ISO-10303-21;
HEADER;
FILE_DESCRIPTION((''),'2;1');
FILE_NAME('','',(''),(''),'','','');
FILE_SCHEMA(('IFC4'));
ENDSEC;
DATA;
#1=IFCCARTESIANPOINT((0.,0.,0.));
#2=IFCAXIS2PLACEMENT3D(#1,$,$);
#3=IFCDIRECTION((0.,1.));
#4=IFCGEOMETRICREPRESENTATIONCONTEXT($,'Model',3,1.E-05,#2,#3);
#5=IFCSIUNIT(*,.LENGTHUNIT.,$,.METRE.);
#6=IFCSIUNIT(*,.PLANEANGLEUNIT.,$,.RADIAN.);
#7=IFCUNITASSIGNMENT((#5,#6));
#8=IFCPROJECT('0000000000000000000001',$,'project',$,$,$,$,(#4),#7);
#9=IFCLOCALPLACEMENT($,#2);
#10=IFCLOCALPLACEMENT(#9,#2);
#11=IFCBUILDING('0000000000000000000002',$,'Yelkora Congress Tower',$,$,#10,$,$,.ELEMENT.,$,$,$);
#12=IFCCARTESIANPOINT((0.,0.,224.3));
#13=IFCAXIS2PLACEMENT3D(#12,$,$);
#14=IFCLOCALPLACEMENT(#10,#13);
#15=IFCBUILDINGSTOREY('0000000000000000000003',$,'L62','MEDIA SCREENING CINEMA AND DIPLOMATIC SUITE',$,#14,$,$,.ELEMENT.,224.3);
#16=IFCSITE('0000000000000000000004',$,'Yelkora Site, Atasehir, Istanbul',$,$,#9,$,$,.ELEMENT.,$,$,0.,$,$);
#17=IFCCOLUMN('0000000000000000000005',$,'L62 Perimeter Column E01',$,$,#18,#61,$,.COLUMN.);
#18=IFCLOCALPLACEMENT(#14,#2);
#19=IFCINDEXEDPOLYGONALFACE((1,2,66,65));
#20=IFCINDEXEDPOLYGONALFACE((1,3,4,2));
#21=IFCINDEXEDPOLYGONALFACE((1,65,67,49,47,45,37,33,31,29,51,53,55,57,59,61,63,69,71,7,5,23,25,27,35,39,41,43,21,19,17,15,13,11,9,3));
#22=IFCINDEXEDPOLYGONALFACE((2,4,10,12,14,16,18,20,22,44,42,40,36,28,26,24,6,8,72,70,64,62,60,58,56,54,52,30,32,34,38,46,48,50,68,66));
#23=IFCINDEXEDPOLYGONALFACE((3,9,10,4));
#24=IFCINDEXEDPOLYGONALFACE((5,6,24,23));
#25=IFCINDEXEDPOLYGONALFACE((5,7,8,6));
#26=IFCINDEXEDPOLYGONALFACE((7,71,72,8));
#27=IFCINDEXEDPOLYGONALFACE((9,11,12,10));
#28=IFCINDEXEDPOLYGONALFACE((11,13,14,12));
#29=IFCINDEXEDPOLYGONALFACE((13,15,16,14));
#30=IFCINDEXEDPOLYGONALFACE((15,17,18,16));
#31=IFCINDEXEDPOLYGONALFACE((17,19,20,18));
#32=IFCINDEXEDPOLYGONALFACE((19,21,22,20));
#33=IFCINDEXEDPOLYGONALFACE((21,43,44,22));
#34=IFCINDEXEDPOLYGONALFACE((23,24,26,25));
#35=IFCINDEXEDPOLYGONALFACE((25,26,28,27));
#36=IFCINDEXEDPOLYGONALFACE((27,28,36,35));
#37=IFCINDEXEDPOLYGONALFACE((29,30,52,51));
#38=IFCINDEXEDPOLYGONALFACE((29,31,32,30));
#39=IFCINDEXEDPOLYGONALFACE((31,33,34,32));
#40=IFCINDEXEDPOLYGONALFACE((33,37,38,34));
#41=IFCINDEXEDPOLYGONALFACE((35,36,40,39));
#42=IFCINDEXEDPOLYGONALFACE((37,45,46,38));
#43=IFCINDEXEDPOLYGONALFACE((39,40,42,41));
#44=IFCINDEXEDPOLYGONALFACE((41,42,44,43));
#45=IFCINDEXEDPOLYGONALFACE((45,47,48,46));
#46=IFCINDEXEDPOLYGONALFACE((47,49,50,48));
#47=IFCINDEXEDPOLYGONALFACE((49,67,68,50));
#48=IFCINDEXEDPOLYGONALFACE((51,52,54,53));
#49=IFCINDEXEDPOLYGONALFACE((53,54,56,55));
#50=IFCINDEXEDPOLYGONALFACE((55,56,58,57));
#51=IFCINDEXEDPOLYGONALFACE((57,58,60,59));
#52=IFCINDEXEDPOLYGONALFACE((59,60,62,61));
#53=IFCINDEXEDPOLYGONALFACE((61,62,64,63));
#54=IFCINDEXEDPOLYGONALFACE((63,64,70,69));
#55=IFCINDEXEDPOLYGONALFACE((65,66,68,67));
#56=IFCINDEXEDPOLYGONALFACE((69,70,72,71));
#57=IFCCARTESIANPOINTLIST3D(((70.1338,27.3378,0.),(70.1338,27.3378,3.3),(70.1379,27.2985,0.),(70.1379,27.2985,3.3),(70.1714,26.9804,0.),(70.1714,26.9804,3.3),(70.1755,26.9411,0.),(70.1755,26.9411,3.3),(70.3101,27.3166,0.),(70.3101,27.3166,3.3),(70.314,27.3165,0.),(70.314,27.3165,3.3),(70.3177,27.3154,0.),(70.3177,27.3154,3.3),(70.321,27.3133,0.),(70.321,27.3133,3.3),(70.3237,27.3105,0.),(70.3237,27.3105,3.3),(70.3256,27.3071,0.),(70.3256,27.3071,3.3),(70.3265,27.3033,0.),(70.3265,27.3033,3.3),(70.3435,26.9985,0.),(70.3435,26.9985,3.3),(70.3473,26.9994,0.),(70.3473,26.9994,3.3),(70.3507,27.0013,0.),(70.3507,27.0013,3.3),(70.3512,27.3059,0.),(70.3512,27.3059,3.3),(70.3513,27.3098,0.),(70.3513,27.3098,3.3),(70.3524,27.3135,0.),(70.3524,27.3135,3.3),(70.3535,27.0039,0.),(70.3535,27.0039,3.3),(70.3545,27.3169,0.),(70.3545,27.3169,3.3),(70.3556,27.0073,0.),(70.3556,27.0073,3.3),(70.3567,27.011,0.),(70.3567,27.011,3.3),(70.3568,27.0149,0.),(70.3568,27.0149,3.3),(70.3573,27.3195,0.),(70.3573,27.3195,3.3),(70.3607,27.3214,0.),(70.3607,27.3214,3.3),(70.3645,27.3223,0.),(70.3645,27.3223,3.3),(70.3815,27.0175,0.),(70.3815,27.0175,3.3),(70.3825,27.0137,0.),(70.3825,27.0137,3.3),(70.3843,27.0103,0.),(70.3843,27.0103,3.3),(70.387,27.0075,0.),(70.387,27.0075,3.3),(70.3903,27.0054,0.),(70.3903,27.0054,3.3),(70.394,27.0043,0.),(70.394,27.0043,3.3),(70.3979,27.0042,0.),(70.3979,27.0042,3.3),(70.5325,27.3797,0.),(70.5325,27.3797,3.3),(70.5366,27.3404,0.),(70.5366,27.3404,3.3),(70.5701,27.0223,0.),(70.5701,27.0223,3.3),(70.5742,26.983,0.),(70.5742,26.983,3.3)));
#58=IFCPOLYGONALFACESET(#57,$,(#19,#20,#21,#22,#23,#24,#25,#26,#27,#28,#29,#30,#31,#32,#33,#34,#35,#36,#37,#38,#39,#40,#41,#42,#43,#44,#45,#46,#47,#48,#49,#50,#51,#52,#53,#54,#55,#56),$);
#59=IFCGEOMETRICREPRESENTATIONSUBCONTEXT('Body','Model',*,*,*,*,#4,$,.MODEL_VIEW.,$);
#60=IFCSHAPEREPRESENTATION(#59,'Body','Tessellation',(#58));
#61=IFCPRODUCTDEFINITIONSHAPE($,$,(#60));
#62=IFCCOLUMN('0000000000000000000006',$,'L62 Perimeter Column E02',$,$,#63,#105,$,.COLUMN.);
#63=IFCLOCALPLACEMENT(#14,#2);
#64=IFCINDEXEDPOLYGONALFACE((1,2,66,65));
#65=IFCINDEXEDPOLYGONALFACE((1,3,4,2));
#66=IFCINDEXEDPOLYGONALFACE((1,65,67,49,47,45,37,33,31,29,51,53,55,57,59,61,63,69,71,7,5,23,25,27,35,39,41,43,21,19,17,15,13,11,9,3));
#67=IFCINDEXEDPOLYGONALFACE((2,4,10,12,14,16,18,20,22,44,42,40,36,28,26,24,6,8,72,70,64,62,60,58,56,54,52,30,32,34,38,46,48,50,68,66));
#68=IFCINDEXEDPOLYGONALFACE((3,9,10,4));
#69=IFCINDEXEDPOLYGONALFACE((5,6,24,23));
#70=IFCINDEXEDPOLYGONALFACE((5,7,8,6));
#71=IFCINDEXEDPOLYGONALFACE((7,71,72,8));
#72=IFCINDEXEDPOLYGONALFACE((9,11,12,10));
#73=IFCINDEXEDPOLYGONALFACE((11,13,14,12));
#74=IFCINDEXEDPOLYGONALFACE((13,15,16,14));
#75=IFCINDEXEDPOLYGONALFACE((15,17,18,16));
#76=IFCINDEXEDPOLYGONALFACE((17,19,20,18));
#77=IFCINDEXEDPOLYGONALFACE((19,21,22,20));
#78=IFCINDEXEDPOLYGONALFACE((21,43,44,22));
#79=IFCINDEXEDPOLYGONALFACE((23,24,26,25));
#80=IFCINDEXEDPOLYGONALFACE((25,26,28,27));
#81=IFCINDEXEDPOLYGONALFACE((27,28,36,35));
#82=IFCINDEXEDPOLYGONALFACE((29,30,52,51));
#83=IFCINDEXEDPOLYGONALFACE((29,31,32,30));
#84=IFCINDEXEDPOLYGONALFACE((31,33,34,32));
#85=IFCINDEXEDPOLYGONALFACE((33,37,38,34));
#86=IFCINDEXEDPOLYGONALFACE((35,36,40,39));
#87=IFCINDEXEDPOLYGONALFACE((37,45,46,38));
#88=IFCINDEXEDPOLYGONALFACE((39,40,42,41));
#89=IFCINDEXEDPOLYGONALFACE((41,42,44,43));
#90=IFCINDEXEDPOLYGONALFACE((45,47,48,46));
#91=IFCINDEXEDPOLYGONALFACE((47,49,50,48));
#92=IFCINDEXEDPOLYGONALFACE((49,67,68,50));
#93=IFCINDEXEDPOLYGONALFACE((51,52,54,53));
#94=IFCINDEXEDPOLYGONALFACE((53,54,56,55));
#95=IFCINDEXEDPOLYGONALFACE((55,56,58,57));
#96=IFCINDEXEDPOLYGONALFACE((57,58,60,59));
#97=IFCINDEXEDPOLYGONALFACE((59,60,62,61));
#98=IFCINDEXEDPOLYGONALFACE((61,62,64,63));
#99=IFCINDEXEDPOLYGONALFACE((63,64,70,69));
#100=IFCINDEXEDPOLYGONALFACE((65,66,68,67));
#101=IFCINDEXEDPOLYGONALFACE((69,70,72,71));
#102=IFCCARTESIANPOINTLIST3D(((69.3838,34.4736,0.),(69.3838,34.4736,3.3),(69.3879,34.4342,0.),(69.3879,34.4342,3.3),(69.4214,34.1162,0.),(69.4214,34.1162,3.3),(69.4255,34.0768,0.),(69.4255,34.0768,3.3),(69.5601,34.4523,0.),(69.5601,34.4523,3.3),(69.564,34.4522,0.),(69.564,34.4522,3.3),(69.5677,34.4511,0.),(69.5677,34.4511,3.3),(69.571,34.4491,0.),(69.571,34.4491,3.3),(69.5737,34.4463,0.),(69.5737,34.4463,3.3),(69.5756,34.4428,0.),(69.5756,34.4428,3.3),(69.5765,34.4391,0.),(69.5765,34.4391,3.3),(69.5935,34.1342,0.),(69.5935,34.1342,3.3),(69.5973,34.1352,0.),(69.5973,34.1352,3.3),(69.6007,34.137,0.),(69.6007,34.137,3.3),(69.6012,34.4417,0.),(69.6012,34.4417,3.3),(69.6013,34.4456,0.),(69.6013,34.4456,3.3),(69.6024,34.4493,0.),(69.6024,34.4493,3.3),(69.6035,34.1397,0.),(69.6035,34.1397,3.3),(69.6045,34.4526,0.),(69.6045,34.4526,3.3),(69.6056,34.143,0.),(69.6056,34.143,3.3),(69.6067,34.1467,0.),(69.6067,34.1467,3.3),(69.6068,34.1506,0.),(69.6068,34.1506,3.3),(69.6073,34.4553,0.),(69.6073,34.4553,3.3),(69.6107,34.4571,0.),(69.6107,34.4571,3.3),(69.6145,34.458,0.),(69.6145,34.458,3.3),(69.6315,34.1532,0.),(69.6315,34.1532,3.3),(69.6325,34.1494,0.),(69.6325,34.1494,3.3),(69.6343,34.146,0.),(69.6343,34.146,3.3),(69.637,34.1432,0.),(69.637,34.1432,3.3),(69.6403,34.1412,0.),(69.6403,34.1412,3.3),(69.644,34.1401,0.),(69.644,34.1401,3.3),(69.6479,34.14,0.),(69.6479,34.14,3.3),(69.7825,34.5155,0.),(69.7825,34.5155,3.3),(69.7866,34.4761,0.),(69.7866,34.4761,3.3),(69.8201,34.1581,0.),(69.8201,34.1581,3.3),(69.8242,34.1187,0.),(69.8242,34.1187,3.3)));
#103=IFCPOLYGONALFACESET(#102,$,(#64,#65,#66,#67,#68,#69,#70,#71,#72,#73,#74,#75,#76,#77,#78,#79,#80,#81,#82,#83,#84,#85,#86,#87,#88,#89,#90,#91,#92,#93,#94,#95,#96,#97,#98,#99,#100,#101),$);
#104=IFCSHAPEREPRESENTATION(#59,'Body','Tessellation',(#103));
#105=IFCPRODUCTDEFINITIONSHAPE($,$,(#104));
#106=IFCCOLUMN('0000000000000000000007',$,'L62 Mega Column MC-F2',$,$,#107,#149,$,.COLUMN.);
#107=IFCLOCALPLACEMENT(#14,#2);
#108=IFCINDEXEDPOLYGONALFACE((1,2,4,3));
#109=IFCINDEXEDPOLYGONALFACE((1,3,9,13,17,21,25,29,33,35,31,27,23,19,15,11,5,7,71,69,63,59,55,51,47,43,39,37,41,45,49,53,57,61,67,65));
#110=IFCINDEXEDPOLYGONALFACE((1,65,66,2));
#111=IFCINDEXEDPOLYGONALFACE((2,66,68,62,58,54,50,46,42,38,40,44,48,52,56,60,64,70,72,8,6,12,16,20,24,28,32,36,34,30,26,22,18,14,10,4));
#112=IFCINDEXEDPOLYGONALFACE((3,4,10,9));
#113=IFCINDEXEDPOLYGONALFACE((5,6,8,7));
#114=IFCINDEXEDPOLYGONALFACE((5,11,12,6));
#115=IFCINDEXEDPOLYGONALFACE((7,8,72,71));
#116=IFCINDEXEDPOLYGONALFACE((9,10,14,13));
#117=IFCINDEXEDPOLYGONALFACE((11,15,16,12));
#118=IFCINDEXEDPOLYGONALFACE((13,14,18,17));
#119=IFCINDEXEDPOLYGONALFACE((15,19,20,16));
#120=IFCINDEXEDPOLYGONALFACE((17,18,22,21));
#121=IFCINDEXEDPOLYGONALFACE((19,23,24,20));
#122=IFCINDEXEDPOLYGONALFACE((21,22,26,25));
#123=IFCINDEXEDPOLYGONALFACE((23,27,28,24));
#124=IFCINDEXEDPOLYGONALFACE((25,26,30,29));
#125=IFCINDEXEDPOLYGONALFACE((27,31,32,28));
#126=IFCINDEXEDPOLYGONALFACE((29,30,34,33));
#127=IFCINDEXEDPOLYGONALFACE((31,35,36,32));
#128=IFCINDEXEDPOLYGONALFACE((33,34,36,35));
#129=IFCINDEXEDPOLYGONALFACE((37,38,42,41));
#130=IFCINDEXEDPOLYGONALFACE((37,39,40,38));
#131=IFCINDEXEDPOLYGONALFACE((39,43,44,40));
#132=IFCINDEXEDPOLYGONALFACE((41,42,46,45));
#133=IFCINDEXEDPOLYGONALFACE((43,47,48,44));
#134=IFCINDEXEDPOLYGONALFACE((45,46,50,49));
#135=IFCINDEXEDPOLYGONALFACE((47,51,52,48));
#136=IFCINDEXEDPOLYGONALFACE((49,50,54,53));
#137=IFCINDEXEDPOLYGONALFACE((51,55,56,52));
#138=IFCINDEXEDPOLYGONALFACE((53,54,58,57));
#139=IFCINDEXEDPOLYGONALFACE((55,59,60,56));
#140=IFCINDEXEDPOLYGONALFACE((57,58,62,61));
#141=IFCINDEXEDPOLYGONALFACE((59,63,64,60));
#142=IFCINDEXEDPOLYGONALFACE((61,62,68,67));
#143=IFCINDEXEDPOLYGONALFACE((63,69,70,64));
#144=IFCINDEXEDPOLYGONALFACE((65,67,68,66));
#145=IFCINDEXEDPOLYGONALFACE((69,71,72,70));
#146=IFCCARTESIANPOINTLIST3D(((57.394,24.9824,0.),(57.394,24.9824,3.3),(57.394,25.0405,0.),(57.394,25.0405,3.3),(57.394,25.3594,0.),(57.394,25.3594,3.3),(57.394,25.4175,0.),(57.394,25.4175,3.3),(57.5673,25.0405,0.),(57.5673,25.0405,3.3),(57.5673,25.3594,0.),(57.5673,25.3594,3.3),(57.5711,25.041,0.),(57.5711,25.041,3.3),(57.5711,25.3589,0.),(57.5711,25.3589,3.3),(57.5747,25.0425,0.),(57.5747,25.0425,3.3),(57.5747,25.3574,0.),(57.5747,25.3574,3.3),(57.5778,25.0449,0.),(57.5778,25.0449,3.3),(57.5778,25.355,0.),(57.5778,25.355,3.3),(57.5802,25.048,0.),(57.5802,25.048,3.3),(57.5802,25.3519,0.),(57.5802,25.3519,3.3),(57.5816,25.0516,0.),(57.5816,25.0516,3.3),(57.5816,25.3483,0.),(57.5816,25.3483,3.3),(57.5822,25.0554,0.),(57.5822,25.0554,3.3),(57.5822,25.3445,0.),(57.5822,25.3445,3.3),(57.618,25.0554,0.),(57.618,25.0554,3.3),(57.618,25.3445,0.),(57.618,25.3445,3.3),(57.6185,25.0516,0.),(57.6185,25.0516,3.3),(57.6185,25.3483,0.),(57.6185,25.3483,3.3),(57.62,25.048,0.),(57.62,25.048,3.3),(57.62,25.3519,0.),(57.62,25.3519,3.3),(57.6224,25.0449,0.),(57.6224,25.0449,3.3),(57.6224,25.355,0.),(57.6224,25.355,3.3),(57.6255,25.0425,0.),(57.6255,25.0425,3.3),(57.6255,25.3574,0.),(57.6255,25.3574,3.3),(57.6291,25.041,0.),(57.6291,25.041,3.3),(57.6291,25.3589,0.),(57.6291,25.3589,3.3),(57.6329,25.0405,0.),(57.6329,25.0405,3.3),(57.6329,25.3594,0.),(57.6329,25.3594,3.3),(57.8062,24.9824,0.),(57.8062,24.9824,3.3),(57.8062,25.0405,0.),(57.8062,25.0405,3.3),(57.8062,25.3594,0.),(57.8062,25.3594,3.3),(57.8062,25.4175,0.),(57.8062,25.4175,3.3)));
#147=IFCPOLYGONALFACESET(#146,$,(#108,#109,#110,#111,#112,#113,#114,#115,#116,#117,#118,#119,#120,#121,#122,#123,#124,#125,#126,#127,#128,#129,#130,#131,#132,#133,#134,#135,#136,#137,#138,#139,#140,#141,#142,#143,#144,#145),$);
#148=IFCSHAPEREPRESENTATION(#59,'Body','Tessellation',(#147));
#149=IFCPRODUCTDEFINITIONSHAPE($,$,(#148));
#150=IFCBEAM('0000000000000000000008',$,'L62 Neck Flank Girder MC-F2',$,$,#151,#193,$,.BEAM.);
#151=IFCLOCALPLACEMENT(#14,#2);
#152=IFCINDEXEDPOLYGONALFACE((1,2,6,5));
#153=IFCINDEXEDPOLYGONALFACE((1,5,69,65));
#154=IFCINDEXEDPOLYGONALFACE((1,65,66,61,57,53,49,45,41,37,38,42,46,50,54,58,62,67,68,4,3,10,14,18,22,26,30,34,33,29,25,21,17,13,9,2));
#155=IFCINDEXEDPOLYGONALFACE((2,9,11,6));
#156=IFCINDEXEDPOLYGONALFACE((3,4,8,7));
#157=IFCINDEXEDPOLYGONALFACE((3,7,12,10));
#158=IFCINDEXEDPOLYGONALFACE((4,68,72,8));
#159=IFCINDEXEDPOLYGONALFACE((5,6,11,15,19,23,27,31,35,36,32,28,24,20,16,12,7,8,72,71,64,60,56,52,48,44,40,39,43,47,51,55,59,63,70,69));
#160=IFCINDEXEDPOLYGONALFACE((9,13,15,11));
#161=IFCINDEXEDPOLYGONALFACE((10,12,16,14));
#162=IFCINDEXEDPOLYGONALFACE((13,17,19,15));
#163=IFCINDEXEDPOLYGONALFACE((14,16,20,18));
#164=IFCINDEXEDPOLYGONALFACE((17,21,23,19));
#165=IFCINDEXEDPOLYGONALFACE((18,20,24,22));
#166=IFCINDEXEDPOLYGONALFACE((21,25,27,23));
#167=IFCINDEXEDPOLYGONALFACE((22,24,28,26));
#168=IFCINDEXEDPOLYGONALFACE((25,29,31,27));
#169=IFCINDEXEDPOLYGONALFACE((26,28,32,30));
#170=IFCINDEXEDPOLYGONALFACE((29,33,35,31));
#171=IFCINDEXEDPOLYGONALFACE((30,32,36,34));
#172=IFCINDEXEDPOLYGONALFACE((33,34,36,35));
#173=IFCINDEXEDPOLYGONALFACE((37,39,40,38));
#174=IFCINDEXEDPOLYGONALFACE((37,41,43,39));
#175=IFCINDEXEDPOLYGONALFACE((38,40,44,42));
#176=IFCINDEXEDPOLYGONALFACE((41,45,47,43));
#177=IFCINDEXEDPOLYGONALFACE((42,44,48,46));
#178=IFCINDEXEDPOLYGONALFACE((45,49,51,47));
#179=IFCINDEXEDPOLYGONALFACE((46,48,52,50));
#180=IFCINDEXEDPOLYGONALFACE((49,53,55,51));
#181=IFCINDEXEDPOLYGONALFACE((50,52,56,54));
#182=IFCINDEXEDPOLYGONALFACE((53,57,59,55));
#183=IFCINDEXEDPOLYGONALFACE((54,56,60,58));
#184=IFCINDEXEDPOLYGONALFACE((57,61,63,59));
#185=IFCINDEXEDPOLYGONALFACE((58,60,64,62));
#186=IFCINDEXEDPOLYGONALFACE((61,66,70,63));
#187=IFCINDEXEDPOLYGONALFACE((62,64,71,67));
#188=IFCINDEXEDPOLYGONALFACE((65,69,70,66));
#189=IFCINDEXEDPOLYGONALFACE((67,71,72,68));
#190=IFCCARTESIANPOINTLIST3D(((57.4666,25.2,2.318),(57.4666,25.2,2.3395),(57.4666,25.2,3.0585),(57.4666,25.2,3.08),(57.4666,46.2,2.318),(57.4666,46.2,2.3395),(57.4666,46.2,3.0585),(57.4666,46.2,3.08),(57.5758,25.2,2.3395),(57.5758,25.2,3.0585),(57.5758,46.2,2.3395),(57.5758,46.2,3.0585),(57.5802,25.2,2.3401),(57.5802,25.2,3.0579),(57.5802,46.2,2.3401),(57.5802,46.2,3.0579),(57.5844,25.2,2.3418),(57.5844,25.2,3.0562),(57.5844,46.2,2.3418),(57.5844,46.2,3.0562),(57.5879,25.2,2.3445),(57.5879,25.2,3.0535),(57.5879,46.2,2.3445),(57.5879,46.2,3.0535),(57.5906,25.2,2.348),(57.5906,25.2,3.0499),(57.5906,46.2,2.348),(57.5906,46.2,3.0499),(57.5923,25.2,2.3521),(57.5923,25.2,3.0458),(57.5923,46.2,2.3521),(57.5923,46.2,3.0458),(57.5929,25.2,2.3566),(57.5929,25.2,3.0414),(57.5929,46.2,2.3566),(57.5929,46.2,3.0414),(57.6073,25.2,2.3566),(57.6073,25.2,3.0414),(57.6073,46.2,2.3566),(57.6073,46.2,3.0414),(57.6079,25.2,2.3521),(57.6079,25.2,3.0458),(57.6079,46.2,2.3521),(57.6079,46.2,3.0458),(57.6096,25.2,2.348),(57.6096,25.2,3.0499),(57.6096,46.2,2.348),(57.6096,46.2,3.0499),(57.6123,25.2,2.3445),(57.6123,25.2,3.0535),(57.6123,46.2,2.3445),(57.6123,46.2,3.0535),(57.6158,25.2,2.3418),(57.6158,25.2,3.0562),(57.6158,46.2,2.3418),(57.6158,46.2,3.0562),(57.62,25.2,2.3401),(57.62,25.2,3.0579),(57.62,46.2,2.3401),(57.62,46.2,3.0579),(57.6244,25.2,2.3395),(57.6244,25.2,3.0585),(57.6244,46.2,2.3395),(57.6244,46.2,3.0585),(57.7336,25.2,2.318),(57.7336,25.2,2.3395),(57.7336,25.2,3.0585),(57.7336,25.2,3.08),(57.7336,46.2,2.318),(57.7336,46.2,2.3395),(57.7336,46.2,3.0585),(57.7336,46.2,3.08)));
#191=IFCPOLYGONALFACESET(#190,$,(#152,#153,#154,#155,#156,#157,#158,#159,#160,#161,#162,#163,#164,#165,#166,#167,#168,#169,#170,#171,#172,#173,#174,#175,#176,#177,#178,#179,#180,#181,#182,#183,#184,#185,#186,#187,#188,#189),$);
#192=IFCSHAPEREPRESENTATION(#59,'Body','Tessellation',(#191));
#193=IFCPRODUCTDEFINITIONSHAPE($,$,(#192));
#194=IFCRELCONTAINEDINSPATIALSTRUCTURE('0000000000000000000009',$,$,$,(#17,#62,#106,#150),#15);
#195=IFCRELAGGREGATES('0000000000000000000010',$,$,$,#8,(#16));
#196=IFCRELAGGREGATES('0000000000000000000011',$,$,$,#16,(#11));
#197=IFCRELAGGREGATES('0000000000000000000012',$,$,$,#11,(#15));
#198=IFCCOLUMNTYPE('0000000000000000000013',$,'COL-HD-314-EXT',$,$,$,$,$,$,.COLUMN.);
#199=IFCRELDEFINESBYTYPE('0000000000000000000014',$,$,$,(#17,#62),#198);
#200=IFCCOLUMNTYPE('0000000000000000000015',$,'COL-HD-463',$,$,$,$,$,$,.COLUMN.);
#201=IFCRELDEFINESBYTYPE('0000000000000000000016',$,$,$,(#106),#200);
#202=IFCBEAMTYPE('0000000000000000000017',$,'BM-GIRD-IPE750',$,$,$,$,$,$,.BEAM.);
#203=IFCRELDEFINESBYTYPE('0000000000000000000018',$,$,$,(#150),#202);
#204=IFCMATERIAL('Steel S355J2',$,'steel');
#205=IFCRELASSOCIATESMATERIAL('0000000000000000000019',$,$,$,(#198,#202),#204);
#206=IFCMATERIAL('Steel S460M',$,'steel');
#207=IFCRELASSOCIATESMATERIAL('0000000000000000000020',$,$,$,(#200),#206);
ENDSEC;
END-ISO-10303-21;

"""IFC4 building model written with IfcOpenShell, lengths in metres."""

from ifc_helpers import new_model, si_unit, direction, frame, origin, origin_2d, place, context, subcontext, project, spatial, i_section, extrude, material, material_profile, profile_set, type_object, element, save


model = new_model("IFC4")

# Units and contexts
model_context = context("Model", 3, precision=1e-05, world=origin(), true_north=direction((0.0, 1.0)))
body_context = subcontext(model_context, "Body", "Model", "MODEL_VIEW")
ifc_project = project(units=[si_unit("LENGTHUNIT", "METRE"), si_unit("PLANEANGLEUNIT", "RADIAN")], contexts=[model_context])

# Site, building, storey
site_placement = place(None, origin())
site = spatial("IfcSite", under=ifc_project, at=site_placement, Name="Yelkora Site, Atasehir, Istanbul", CompositionType="ELEMENT", RefElevation=0.0)
building_placement = place(site_placement, origin())
building = spatial("IfcBuilding", under=site, at=building_placement, Name="Yelkora Congress Tower", CompositionType="ELEMENT")
storey_placement = place(building_placement, frame((0.0, 0.0, 224.3)))
storey = spatial("IfcBuildingStorey", under=building, at=storey_placement, Name="L62", Description="MEDIA SCREENING CINEMA AND DIPLOMATIC SUITE", CompositionType="ELEMENT", Elevation=224.3)

# Columns
ifc_material_1 = material(Name="Steel S355J2", Category="steel")
ifc_material_profile_1 = material_profile(ifc_material_1, i_section(OverallWidth=0.4009, OverallDepth=0.3989, WebThickness=0.0249, FlangeThickness=0.0396, FilletRadius=0.0149, at=origin_2d()), Name="HD 400x314")
ifc_profile_set_1 = profile_set([ifc_material_profile_1], Name="Steel S355J2")
column_type_1 = type_object("IfcColumnType", Name="COL-HD-314-EXT", PredefinedType="COLUMN", material=ifc_profile_set_1)
for number, where, z_axis, x_axis, name in (
    (1, (70.354, 27.1604, 0.0), (0.0, 0.0, 1.0), (0.994522, 0.104528, 0.0), "L62 Perimeter Column E01"),
    (2, (69.604, 34.2961, 0.0), (0.0, 0.0, 1.0), (0.994522, 0.104528, 0.0), "L62 Perimeter Column E02"),
):
    element("IfcColumn", number, at=place(storey_placement, frame(where, z_axis=z_axis, x_axis=x_axis)), inside=storey, type_object=column_type_1, Name=name, PredefinedType="COLUMN", context=body_context, shape_type="SweptSolid", body=[
        extrude(i_section(OverallWidth=0.4009, OverallDepth=0.3989, WebThickness=0.0249, FlangeThickness=0.0396, FilletRadius=0.0149, at=origin_2d()), origin(), (0.0, 0.0, 1.0), 3.3),
    ])
ifc_material_2 = material(Name="Steel S460M", Category="steel")
ifc_material_profile_2 = material_profile(ifc_material_2, i_section(OverallWidth=0.4121, OverallDepth=0.4351, WebThickness=0.0359, FlangeThickness=0.0581, FilletRadius=0.0149, at=origin_2d()), Name="HD 400x463")
ifc_profile_set_2 = profile_set([ifc_material_profile_2], Name="Steel S460M")
column_type_2 = type_object("IfcColumnType", Name="COL-HD-463", PredefinedType="COLUMN", material=ifc_profile_set_2)
column_placement = place(storey_placement, frame((57.6001, 25.2, 0.0), z_axis=(0.0, 0.0, 1.0), x_axis=(1.0, 0.0, 0.0)))
element("IfcColumn", 3, at=column_placement, inside=storey, type_object=column_type_2, Name="L62 Mega Column MC-F2", PredefinedType="COLUMN", context=body_context, shape_type="SweptSolid", body=[
    extrude(i_section(OverallWidth=0.4121, OverallDepth=0.4351, WebThickness=0.0359, FlangeThickness=0.0581, FilletRadius=0.0149, at=origin_2d()), origin(), (0.0, 0.0, 1.0), 3.3),
])

# Beam
ifc_material_profile_3 = material_profile(ifc_material_1, i_section(OverallWidth=0.2671, OverallDepth=0.762, WebThickness=0.0144, FlangeThickness=0.0215, FilletRadius=0.0171, at=origin_2d()), Name="IPE 750x173")
ifc_profile_set_3 = profile_set([ifc_material_profile_3], Name="Steel S355J2")
beam_type_1 = type_object("IfcBeamType", Name="BM-GIRD-IPE750", PredefinedType="BEAM", material=ifc_profile_set_3)
beam_1_placement = place(storey_placement, frame((57.6001, 25.2, 2.699), z_axis=(0.0, 1.0, 0.0), x_axis=(-1.0, 0.0, 0.0)))
element("IfcBeam", 4, at=beam_1_placement, inside=storey, type_object=beam_type_1, Name="L62 Neck Flank Girder MC-F2", PredefinedType="BEAM", context=body_context, shape_type="SweptSolid", body=[
    extrude(i_section(OverallWidth=0.2671, OverallDepth=0.762, WebThickness=0.0144, FlangeThickness=0.0215, FilletRadius=0.0171, at=origin_2d()), origin(), (0.0, 0.0, 1.0), 21.0),
])

save(model, "model.ifc")
